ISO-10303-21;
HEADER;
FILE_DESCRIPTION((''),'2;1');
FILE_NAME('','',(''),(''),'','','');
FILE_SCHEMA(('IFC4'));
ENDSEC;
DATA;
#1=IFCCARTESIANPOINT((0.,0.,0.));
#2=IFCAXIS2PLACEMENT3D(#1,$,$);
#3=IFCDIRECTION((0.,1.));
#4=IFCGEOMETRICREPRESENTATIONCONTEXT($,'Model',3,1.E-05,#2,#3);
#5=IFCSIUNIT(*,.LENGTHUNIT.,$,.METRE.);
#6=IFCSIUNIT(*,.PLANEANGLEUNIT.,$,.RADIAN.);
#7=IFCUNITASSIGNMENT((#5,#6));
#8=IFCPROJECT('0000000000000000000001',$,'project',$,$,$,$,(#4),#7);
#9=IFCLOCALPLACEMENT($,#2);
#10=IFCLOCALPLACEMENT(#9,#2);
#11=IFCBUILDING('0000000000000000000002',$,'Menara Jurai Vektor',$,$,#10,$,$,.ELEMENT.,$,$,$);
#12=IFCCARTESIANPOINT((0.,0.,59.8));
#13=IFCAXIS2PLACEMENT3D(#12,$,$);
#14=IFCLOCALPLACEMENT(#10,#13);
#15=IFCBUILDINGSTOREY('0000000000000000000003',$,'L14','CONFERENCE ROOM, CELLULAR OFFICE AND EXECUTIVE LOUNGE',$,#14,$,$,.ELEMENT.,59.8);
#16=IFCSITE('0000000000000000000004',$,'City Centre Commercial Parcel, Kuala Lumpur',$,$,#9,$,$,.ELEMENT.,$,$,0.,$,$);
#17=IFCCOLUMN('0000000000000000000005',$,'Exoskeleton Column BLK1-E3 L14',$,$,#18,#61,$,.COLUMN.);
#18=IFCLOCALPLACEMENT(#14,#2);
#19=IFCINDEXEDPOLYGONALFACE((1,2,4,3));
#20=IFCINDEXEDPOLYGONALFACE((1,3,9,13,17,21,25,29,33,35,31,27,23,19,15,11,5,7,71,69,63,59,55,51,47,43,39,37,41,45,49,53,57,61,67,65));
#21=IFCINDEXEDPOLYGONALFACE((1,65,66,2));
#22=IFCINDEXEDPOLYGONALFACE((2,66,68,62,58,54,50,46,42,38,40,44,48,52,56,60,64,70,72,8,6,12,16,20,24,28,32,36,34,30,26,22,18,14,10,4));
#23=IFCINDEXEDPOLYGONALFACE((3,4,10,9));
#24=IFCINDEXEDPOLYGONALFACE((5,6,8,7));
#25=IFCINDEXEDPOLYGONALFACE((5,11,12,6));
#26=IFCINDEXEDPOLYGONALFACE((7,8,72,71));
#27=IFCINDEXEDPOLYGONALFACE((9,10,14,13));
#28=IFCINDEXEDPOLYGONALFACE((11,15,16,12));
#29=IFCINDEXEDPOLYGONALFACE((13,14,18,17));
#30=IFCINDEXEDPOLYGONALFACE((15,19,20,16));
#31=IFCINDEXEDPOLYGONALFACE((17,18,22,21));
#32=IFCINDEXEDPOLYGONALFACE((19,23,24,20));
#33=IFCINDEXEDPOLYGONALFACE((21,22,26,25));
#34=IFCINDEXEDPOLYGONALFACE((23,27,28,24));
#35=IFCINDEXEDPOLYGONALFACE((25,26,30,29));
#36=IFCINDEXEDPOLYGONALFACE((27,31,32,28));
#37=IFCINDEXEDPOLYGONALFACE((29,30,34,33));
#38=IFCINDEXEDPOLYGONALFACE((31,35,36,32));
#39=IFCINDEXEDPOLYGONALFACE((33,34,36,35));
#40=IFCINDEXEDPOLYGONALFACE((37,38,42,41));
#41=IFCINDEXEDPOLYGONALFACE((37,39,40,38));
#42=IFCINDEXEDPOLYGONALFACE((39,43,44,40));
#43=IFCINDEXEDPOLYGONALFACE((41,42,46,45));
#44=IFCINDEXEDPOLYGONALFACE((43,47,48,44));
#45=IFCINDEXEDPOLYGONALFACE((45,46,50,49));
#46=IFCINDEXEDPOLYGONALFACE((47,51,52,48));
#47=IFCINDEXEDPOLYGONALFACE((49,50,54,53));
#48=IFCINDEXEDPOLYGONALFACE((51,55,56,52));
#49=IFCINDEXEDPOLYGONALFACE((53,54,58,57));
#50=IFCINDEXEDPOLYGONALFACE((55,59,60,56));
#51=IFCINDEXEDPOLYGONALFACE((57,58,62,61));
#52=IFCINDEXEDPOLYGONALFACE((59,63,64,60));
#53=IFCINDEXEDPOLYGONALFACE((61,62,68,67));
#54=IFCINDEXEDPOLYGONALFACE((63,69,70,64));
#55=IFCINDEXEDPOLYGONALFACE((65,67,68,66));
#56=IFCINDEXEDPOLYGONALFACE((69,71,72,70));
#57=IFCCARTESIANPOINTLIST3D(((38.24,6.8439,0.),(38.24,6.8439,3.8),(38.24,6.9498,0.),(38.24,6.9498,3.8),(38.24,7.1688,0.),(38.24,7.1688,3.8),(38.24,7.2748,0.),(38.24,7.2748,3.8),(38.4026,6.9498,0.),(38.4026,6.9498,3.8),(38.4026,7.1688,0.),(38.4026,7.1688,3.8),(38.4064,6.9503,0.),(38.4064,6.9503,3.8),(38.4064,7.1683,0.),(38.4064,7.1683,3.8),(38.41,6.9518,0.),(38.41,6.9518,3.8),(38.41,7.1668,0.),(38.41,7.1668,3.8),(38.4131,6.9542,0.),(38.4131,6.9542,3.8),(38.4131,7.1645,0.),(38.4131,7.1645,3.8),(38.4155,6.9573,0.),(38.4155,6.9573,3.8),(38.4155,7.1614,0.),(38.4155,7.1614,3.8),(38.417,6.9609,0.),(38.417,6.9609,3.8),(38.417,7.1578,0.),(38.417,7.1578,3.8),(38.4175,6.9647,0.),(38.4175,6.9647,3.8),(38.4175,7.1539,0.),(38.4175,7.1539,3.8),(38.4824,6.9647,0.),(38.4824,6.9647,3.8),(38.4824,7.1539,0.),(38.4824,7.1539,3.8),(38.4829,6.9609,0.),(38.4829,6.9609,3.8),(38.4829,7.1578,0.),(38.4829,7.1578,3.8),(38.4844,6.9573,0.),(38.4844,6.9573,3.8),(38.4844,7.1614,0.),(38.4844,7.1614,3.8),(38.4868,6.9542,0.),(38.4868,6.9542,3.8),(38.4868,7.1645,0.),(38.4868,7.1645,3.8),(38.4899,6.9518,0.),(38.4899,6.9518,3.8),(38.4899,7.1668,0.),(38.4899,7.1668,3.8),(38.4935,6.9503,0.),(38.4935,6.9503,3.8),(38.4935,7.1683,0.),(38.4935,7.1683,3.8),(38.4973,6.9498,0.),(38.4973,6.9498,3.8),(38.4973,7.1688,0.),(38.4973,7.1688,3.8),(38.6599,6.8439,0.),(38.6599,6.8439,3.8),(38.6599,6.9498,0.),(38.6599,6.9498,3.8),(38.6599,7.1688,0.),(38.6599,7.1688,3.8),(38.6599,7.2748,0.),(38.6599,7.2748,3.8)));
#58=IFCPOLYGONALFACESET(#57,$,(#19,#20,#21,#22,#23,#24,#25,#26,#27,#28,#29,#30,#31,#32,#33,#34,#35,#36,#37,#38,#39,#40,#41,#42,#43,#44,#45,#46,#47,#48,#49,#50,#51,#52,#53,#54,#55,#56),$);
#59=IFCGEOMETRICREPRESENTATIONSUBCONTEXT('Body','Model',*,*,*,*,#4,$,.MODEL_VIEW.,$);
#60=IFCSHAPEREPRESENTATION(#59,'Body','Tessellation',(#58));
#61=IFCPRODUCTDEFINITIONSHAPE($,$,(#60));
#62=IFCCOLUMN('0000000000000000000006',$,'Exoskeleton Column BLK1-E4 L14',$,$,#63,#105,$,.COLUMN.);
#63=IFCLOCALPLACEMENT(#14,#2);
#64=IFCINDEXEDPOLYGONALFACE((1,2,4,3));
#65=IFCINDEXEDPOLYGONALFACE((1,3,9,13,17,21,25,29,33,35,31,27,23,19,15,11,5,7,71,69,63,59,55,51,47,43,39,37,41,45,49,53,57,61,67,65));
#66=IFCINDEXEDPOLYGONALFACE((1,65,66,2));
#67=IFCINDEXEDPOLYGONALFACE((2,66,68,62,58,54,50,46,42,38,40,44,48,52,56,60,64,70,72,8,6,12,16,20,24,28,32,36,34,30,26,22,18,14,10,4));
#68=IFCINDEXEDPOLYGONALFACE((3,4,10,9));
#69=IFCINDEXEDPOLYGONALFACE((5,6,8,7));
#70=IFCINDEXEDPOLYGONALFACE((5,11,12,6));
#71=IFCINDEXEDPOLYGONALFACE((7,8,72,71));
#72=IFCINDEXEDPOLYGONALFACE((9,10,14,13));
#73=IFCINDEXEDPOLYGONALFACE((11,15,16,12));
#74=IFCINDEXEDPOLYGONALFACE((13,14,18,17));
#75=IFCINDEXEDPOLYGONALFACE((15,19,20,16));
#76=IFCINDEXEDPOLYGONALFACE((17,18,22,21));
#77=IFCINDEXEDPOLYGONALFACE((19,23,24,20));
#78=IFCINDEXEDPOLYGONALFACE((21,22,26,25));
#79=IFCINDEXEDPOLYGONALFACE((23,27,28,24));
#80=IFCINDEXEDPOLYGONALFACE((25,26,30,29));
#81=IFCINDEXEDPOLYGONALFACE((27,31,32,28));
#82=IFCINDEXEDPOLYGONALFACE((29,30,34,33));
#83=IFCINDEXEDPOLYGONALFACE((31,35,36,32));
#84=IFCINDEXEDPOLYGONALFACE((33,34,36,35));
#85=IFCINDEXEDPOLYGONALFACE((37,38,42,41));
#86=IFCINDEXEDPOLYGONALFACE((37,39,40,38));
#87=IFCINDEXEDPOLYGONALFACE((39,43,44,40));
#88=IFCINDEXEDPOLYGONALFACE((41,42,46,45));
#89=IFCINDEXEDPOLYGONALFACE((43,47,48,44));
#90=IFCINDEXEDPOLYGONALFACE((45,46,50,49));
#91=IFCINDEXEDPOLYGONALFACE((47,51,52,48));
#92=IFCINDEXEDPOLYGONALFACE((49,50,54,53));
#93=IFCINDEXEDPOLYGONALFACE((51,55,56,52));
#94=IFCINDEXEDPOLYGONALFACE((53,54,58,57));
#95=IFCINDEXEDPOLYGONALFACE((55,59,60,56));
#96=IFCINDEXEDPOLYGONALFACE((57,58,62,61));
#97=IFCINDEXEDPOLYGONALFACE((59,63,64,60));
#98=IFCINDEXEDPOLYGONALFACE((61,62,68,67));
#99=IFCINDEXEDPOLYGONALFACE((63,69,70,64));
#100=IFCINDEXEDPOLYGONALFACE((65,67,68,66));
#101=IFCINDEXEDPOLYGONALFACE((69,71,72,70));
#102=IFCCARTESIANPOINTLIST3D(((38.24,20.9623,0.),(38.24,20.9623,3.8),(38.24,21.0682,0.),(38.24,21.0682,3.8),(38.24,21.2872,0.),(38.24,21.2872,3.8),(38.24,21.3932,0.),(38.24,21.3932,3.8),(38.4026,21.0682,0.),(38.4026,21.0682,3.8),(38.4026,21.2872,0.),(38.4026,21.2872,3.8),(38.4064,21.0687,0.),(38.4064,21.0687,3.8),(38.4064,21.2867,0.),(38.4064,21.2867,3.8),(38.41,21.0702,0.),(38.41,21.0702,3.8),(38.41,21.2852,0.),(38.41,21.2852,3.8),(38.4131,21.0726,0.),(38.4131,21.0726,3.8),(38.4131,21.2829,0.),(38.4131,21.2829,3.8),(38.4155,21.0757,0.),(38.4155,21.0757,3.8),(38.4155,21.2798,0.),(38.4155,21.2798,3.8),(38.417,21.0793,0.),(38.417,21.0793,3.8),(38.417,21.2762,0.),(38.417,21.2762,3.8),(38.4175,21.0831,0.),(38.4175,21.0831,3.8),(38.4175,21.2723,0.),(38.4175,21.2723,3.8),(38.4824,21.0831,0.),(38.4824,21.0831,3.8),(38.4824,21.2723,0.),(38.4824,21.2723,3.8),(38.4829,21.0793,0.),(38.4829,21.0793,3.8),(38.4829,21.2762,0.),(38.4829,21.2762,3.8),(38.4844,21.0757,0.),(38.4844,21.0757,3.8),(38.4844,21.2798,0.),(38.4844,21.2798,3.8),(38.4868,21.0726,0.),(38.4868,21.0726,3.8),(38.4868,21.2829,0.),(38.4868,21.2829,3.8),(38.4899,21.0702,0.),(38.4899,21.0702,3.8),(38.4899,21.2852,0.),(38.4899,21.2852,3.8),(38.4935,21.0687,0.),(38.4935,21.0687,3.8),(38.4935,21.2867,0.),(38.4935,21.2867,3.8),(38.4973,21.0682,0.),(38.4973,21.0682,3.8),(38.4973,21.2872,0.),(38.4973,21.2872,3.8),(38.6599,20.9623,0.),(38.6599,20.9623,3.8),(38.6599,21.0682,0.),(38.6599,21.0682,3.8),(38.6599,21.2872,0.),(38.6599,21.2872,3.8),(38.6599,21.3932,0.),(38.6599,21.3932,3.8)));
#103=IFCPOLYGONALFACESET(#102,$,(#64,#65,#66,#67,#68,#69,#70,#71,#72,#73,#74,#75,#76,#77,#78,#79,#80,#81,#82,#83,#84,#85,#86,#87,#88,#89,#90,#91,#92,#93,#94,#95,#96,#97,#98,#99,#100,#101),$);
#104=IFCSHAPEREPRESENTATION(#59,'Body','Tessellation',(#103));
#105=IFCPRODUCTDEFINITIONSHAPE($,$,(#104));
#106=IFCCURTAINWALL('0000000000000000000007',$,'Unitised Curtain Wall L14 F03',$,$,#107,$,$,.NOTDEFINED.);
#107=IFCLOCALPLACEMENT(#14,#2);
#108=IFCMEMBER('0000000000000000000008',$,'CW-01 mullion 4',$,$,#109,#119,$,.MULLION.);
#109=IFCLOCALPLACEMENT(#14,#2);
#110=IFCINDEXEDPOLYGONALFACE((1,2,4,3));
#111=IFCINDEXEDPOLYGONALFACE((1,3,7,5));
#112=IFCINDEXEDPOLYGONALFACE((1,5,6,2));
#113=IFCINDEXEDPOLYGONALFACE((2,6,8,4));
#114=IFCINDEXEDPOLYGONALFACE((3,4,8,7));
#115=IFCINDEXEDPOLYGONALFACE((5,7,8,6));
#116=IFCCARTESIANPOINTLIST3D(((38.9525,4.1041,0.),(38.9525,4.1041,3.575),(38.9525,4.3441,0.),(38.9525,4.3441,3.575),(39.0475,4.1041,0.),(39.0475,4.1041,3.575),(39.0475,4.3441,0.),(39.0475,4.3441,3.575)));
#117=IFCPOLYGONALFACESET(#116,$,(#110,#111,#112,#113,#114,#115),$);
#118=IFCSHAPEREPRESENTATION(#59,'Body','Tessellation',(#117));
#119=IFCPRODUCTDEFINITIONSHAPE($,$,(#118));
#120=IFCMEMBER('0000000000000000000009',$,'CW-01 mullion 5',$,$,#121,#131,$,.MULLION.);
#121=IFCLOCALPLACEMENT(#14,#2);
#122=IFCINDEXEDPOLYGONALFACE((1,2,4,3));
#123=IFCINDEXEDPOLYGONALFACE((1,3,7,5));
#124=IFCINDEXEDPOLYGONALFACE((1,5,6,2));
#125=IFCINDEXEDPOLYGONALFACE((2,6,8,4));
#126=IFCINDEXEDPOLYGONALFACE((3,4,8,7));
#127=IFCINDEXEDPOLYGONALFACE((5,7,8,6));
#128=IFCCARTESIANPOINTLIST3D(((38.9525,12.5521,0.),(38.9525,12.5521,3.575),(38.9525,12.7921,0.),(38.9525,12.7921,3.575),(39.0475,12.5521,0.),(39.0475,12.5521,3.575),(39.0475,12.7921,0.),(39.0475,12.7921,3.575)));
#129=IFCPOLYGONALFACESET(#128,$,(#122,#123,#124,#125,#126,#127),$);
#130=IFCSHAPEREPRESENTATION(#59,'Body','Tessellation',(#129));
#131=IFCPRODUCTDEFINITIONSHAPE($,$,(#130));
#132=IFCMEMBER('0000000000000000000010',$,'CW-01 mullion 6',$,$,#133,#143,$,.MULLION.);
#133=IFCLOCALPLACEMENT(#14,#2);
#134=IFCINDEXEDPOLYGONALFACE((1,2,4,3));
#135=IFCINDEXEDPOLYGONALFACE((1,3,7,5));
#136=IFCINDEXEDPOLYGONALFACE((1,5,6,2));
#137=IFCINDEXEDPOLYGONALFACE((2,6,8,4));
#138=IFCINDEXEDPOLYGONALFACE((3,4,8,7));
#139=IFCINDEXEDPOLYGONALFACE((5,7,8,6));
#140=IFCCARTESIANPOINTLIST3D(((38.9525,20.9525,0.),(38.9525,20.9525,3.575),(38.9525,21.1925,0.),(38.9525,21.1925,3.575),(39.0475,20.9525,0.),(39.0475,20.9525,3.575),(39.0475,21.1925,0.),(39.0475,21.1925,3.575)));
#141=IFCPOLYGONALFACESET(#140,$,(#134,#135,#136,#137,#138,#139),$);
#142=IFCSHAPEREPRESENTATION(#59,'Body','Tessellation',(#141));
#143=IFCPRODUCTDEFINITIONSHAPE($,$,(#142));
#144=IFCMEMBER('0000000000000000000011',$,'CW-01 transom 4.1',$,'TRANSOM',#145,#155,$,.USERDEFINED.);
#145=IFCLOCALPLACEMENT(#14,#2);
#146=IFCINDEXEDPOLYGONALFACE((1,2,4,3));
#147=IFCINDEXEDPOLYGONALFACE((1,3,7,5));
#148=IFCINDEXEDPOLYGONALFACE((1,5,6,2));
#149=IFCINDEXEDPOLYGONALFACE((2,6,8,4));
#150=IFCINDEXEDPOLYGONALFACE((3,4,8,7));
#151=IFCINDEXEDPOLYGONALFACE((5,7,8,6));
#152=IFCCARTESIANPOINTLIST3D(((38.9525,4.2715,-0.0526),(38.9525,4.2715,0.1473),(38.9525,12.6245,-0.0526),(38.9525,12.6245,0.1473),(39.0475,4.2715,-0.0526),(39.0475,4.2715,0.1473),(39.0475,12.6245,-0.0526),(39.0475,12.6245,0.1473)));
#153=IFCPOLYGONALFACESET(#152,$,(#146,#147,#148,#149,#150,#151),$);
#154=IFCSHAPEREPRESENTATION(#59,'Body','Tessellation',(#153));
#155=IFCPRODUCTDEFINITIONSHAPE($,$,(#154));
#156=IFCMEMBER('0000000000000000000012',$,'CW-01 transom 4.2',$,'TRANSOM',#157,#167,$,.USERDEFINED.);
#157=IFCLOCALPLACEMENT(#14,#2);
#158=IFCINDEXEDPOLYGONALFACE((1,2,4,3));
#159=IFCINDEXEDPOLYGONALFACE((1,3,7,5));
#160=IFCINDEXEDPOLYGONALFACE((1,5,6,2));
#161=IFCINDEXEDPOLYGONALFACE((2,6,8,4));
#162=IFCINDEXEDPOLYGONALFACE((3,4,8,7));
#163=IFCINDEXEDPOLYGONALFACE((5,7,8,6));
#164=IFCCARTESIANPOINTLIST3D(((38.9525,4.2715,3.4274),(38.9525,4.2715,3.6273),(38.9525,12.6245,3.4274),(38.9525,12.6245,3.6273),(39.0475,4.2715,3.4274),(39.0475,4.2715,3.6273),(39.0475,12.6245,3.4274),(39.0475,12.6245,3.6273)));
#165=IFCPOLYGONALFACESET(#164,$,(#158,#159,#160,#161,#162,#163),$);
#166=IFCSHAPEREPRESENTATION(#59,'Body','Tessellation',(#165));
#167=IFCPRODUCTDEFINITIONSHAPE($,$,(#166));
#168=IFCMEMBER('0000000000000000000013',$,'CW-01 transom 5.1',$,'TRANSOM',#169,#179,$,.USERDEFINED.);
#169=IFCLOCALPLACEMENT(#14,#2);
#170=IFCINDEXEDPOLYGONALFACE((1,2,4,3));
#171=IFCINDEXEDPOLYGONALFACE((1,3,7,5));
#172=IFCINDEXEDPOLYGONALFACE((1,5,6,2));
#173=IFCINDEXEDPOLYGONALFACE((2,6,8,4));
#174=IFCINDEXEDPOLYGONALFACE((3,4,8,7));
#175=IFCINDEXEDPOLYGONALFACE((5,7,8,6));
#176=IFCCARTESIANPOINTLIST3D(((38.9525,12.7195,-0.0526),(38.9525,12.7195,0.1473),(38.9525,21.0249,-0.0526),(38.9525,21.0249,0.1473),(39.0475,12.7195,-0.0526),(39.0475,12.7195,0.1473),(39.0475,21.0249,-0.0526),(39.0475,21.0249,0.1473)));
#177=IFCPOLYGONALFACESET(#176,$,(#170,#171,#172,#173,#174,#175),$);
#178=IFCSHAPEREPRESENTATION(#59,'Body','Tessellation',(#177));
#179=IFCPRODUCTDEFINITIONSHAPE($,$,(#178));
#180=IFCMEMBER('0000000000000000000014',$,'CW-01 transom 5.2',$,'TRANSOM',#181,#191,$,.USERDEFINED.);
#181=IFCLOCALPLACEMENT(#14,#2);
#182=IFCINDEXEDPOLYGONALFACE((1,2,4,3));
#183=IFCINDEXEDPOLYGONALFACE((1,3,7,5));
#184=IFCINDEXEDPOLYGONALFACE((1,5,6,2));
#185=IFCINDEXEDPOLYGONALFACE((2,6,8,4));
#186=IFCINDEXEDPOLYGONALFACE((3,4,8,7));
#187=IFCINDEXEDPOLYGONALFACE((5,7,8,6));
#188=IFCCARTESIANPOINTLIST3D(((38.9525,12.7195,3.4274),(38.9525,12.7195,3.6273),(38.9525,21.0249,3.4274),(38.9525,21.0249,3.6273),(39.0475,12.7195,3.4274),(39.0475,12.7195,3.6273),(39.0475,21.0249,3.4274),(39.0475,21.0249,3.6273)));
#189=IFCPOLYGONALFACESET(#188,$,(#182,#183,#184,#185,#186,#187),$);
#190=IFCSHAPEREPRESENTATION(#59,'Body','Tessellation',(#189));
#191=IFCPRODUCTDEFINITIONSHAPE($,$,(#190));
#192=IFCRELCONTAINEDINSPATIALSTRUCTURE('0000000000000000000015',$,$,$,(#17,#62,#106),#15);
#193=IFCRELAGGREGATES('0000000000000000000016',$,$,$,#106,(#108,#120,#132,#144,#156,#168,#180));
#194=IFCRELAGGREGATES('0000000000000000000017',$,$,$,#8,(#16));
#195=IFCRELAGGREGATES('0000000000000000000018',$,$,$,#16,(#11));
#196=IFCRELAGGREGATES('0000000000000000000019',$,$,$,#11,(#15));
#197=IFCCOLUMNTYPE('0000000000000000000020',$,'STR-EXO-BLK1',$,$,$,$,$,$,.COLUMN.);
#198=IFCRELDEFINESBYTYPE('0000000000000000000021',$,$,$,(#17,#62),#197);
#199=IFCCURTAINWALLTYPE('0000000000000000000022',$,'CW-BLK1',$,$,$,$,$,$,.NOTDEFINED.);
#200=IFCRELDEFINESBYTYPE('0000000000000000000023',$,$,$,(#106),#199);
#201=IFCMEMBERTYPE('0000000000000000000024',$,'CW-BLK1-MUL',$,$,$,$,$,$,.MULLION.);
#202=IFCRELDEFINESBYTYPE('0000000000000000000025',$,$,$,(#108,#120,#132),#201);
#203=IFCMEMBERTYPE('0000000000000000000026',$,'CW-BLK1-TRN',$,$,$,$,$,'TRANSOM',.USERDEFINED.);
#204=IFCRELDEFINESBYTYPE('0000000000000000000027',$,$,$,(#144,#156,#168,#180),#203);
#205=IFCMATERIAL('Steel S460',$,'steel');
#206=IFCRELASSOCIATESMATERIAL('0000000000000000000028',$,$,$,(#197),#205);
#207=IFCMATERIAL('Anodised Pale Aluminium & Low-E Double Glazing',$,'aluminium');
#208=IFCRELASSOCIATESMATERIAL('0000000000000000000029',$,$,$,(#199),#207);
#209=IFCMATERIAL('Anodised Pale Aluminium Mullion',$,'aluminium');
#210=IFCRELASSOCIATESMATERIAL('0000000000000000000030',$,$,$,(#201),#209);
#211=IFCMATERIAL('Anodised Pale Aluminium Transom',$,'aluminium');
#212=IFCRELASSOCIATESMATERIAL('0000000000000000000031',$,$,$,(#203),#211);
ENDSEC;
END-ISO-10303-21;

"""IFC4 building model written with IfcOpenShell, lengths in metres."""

from ifc_helpers import new_model, si_unit, direction, frame, origin, origin_2d, place, context, subcontext, project, spatial, rectangle, i_section, extrude, material, material_profile, profile_set, type_object, element, aggregate, save


model = new_model("IFC4")

# Units and contexts
model_context = context("Model", 3, precision=1e-05, world=origin(), true_north=direction((0.0, 1.0)))
body_context = subcontext(model_context, "Body", "Model", "MODEL_VIEW")
ifc_project = project(units=[si_unit("LENGTHUNIT", "METRE"), si_unit("PLANEANGLEUNIT", "RADIAN")], contexts=[model_context])

# Site, building, storey
site_placement = place(None, origin())
site = spatial("IfcSite", under=ifc_project, at=site_placement, Name="City Centre Commercial Parcel, Kuala Lumpur", CompositionType="ELEMENT", RefElevation=0.0)
building_placement = place(site_placement, origin())
building = spatial("IfcBuilding", under=site, at=building_placement, Name="Menara Jurai Vektor", CompositionType="ELEMENT")
storey_placement = place(building_placement, frame((0.0, 0.0, 59.8)))
storey = spatial("IfcBuildingStorey", under=building, at=storey_placement, Name="L14", Description="CONFERENCE ROOM, CELLULAR OFFICE AND EXECUTIVE LOUNGE", CompositionType="ELEMENT", Elevation=59.8)

# Columns
ifc_material_1 = material(Name="Steel S460", Category="steel")
ifc_material_profile_1 = material_profile(ifc_material_1, i_section(OverallWidth=0.4199, OverallDepth=0.4309, WebThickness=0.0649, FlangeThickness=0.106, FilletRadius=0.0149, at=origin_2d()), Name="HD 400x900")
ifc_profile_set_1 = profile_set([ifc_material_profile_1], Name="Steel S460")
column_type = type_object("IfcColumnType", Name="STR-EXO-BLK1", PredefinedType="COLUMN", material=ifc_profile_set_1)
for number, where, z_axis, x_axis, name in (
    (1, (38.45, 7.0593, 0.0), (0.0, 0.0, 1.0), (1.0, 0.0, 0.0), "Exoskeleton Column BLK1-E3 L14"),
    (2, (38.45, 21.1777, 0.0), (0.0, 0.0, 1.0), (1.0, 0.0, 0.0), "Exoskeleton Column BLK1-E4 L14"),
):
    element("IfcColumn", number, at=place(storey_placement, frame(where, z_axis=z_axis, x_axis=x_axis)), inside=storey, type_object=column_type, Name=name, PredefinedType="COLUMN", context=body_context, shape_type="SweptSolid", body=[
        extrude(i_section(OverallWidth=0.4199, OverallDepth=0.4309, WebThickness=0.0649, FlangeThickness=0.106, FilletRadius=0.0149, at=origin_2d()), origin(), (0.0, 0.0, 1.0), 3.8),
    ])

# Curtain wall, members
ifc_material_2 = material(Name="Anodised Pale Aluminium & Low-E Double Glazing", Category="aluminium")
curtain_wall_type = type_object("IfcCurtainWallType", Name="CW-BLK1", PredefinedType="NOTDEFINED", material=ifc_material_2)
curtain_wall_placement = place(storey_placement, origin())
curtain_wall = element("IfcCurtainWall", 3, at=curtain_wall_placement, inside=storey, type_object=curtain_wall_type, Name="Unitised Curtain Wall L14 F03", PredefinedType="NOTDEFINED")
ifc_material_3 = material(Name="Anodised Pale Aluminium Mullion", Category="aluminium")
ifc_material_profile_2 = material_profile(ifc_material_3, rectangle(XDim=0.095, YDim=0.24, at=origin_2d()), Name="ALU MUL 95x240")
ifc_profile_set_2 = profile_set([ifc_material_profile_2], Name="Anodised Pale Aluminium Mullion")
member_type_1 = type_object("IfcMemberType", Name="CW-BLK1-MUL", PredefinedType="MULLION", material=ifc_profile_set_2)
member_1_placement = place(storey_placement, frame((39.0, 4.2241, 0.0), z_axis=(0.0, 0.0, 1.0), x_axis=(-1.0, 0.0, 0.0)))
member_1 = element("IfcMember", 4, at=member_1_placement, type_object=member_type_1, Name="CW-01 mullion 4", PredefinedType="MULLION", context=body_context, shape_type="SweptSolid", body=[
    extrude(rectangle(XDim=0.095, YDim=0.24, at=origin_2d()), origin(), (0.0, 0.0, 1.0), 3.575),
])
member_2_placement = place(storey_placement, frame((39.0, 12.6721, 0.0), z_axis=(0.0, 0.0, 1.0), x_axis=(-1.0, 0.0, 0.0)))
member_2 = element("IfcMember", 5, at=member_2_placement, type_object=member_type_1, Name="CW-01 mullion 5", PredefinedType="MULLION", context=body_context, shape_type="SweptSolid", body=[
    extrude(rectangle(XDim=0.095, YDim=0.24, at=origin_2d()), origin(), (0.0, 0.0, 1.0), 3.575),
])
member_3_placement = place(storey_placement, frame((39.0, 21.0725, 0.0), z_axis=(0.0, 0.0, 1.0), x_axis=(-1.0, 0.0, 0.0)))
member_3 = element("IfcMember", 6, at=member_3_placement, type_object=member_type_1, Name="CW-01 mullion 6", PredefinedType="MULLION", context=body_context, shape_type="SweptSolid", body=[
    extrude(rectangle(XDim=0.095, YDim=0.24, at=origin_2d()), origin(), (0.0, 0.0, 1.0), 3.575),
])
ifc_material_4 = material(Name="Anodised Pale Aluminium Transom", Category="aluminium")
ifc_material_profile_3 = material_profile(ifc_material_4, rectangle(XDim=0.095, YDim=0.2, at=origin_2d()), Name="ALU TRN 95x200")
ifc_profile_set_3 = profile_set([ifc_material_profile_3], Name="Anodised Pale Aluminium Transom")
member_type_2 = type_object("IfcMemberType", Name="CW-BLK1-TRN", ElementType="TRANSOM", PredefinedType="USERDEFINED", material=ifc_profile_set_3)
member_4_placement = place(storey_placement, frame((39.0, 4.2715, 0.0474), z_axis=(0.0, 1.0, 0.0), x_axis=(-1.0, 0.0, 0.0)))
member_4 = element("IfcMember", 7, at=member_4_placement, type_object=member_type_2, Name="CW-01 transom 4.1", ObjectType="TRANSOM", PredefinedType="USERDEFINED", context=body_context, shape_type="SweptSolid", body=[
    extrude(rectangle(XDim=0.095, YDim=0.2, at=origin_2d()), origin(), (0.0, 0.0, 1.0), 8.353),
])
member_5_placement = place(storey_placement, frame((39.0, 4.2715, 3.5273), z_axis=(0.0, 1.0, 0.0), x_axis=(-1.0, 0.0, 0.0)))
member_5 = element("IfcMember", 8, at=member_5_placement, type_object=member_type_2, Name="CW-01 transom 4.2", ObjectType="TRANSOM", PredefinedType="USERDEFINED", context=body_context, shape_type="SweptSolid", body=[
    extrude(rectangle(XDim=0.095, YDim=0.2, at=origin_2d()), origin(), (0.0, 0.0, 1.0), 8.353),
])
member_6_placement = place(storey_placement, frame((39.0, 12.7195, 0.0474), z_axis=(0.0, 1.0, 0.0), x_axis=(-1.0, 0.0, 0.0)))
member_6 = element("IfcMember", 9, at=member_6_placement, type_object=member_type_2, Name="CW-01 transom 5.1", ObjectType="TRANSOM", PredefinedType="USERDEFINED", context=body_context, shape_type="SweptSolid", body=[
    extrude(rectangle(XDim=0.095, YDim=0.2, at=origin_2d()), origin(), (0.0, 0.0, 1.0), 8.3054),
])
member_7_placement = place(storey_placement, frame((39.0, 12.7195, 3.5273), z_axis=(0.0, 1.0, 0.0), x_axis=(-1.0, 0.0, 0.0)))
member_7 = element("IfcMember", 10, at=member_7_placement, type_object=member_type_2, Name="CW-01 transom 5.2", ObjectType="TRANSOM", PredefinedType="USERDEFINED", context=body_context, shape_type="SweptSolid", body=[
    extrude(rectangle(XDim=0.095, YDim=0.2, at=origin_2d()), origin(), (0.0, 0.0, 1.0), 8.3054),
])

aggregate(curtain_wall, [member_1, member_2, member_3, member_4, member_5, member_6, member_7])

save(model, "model.ifc")
